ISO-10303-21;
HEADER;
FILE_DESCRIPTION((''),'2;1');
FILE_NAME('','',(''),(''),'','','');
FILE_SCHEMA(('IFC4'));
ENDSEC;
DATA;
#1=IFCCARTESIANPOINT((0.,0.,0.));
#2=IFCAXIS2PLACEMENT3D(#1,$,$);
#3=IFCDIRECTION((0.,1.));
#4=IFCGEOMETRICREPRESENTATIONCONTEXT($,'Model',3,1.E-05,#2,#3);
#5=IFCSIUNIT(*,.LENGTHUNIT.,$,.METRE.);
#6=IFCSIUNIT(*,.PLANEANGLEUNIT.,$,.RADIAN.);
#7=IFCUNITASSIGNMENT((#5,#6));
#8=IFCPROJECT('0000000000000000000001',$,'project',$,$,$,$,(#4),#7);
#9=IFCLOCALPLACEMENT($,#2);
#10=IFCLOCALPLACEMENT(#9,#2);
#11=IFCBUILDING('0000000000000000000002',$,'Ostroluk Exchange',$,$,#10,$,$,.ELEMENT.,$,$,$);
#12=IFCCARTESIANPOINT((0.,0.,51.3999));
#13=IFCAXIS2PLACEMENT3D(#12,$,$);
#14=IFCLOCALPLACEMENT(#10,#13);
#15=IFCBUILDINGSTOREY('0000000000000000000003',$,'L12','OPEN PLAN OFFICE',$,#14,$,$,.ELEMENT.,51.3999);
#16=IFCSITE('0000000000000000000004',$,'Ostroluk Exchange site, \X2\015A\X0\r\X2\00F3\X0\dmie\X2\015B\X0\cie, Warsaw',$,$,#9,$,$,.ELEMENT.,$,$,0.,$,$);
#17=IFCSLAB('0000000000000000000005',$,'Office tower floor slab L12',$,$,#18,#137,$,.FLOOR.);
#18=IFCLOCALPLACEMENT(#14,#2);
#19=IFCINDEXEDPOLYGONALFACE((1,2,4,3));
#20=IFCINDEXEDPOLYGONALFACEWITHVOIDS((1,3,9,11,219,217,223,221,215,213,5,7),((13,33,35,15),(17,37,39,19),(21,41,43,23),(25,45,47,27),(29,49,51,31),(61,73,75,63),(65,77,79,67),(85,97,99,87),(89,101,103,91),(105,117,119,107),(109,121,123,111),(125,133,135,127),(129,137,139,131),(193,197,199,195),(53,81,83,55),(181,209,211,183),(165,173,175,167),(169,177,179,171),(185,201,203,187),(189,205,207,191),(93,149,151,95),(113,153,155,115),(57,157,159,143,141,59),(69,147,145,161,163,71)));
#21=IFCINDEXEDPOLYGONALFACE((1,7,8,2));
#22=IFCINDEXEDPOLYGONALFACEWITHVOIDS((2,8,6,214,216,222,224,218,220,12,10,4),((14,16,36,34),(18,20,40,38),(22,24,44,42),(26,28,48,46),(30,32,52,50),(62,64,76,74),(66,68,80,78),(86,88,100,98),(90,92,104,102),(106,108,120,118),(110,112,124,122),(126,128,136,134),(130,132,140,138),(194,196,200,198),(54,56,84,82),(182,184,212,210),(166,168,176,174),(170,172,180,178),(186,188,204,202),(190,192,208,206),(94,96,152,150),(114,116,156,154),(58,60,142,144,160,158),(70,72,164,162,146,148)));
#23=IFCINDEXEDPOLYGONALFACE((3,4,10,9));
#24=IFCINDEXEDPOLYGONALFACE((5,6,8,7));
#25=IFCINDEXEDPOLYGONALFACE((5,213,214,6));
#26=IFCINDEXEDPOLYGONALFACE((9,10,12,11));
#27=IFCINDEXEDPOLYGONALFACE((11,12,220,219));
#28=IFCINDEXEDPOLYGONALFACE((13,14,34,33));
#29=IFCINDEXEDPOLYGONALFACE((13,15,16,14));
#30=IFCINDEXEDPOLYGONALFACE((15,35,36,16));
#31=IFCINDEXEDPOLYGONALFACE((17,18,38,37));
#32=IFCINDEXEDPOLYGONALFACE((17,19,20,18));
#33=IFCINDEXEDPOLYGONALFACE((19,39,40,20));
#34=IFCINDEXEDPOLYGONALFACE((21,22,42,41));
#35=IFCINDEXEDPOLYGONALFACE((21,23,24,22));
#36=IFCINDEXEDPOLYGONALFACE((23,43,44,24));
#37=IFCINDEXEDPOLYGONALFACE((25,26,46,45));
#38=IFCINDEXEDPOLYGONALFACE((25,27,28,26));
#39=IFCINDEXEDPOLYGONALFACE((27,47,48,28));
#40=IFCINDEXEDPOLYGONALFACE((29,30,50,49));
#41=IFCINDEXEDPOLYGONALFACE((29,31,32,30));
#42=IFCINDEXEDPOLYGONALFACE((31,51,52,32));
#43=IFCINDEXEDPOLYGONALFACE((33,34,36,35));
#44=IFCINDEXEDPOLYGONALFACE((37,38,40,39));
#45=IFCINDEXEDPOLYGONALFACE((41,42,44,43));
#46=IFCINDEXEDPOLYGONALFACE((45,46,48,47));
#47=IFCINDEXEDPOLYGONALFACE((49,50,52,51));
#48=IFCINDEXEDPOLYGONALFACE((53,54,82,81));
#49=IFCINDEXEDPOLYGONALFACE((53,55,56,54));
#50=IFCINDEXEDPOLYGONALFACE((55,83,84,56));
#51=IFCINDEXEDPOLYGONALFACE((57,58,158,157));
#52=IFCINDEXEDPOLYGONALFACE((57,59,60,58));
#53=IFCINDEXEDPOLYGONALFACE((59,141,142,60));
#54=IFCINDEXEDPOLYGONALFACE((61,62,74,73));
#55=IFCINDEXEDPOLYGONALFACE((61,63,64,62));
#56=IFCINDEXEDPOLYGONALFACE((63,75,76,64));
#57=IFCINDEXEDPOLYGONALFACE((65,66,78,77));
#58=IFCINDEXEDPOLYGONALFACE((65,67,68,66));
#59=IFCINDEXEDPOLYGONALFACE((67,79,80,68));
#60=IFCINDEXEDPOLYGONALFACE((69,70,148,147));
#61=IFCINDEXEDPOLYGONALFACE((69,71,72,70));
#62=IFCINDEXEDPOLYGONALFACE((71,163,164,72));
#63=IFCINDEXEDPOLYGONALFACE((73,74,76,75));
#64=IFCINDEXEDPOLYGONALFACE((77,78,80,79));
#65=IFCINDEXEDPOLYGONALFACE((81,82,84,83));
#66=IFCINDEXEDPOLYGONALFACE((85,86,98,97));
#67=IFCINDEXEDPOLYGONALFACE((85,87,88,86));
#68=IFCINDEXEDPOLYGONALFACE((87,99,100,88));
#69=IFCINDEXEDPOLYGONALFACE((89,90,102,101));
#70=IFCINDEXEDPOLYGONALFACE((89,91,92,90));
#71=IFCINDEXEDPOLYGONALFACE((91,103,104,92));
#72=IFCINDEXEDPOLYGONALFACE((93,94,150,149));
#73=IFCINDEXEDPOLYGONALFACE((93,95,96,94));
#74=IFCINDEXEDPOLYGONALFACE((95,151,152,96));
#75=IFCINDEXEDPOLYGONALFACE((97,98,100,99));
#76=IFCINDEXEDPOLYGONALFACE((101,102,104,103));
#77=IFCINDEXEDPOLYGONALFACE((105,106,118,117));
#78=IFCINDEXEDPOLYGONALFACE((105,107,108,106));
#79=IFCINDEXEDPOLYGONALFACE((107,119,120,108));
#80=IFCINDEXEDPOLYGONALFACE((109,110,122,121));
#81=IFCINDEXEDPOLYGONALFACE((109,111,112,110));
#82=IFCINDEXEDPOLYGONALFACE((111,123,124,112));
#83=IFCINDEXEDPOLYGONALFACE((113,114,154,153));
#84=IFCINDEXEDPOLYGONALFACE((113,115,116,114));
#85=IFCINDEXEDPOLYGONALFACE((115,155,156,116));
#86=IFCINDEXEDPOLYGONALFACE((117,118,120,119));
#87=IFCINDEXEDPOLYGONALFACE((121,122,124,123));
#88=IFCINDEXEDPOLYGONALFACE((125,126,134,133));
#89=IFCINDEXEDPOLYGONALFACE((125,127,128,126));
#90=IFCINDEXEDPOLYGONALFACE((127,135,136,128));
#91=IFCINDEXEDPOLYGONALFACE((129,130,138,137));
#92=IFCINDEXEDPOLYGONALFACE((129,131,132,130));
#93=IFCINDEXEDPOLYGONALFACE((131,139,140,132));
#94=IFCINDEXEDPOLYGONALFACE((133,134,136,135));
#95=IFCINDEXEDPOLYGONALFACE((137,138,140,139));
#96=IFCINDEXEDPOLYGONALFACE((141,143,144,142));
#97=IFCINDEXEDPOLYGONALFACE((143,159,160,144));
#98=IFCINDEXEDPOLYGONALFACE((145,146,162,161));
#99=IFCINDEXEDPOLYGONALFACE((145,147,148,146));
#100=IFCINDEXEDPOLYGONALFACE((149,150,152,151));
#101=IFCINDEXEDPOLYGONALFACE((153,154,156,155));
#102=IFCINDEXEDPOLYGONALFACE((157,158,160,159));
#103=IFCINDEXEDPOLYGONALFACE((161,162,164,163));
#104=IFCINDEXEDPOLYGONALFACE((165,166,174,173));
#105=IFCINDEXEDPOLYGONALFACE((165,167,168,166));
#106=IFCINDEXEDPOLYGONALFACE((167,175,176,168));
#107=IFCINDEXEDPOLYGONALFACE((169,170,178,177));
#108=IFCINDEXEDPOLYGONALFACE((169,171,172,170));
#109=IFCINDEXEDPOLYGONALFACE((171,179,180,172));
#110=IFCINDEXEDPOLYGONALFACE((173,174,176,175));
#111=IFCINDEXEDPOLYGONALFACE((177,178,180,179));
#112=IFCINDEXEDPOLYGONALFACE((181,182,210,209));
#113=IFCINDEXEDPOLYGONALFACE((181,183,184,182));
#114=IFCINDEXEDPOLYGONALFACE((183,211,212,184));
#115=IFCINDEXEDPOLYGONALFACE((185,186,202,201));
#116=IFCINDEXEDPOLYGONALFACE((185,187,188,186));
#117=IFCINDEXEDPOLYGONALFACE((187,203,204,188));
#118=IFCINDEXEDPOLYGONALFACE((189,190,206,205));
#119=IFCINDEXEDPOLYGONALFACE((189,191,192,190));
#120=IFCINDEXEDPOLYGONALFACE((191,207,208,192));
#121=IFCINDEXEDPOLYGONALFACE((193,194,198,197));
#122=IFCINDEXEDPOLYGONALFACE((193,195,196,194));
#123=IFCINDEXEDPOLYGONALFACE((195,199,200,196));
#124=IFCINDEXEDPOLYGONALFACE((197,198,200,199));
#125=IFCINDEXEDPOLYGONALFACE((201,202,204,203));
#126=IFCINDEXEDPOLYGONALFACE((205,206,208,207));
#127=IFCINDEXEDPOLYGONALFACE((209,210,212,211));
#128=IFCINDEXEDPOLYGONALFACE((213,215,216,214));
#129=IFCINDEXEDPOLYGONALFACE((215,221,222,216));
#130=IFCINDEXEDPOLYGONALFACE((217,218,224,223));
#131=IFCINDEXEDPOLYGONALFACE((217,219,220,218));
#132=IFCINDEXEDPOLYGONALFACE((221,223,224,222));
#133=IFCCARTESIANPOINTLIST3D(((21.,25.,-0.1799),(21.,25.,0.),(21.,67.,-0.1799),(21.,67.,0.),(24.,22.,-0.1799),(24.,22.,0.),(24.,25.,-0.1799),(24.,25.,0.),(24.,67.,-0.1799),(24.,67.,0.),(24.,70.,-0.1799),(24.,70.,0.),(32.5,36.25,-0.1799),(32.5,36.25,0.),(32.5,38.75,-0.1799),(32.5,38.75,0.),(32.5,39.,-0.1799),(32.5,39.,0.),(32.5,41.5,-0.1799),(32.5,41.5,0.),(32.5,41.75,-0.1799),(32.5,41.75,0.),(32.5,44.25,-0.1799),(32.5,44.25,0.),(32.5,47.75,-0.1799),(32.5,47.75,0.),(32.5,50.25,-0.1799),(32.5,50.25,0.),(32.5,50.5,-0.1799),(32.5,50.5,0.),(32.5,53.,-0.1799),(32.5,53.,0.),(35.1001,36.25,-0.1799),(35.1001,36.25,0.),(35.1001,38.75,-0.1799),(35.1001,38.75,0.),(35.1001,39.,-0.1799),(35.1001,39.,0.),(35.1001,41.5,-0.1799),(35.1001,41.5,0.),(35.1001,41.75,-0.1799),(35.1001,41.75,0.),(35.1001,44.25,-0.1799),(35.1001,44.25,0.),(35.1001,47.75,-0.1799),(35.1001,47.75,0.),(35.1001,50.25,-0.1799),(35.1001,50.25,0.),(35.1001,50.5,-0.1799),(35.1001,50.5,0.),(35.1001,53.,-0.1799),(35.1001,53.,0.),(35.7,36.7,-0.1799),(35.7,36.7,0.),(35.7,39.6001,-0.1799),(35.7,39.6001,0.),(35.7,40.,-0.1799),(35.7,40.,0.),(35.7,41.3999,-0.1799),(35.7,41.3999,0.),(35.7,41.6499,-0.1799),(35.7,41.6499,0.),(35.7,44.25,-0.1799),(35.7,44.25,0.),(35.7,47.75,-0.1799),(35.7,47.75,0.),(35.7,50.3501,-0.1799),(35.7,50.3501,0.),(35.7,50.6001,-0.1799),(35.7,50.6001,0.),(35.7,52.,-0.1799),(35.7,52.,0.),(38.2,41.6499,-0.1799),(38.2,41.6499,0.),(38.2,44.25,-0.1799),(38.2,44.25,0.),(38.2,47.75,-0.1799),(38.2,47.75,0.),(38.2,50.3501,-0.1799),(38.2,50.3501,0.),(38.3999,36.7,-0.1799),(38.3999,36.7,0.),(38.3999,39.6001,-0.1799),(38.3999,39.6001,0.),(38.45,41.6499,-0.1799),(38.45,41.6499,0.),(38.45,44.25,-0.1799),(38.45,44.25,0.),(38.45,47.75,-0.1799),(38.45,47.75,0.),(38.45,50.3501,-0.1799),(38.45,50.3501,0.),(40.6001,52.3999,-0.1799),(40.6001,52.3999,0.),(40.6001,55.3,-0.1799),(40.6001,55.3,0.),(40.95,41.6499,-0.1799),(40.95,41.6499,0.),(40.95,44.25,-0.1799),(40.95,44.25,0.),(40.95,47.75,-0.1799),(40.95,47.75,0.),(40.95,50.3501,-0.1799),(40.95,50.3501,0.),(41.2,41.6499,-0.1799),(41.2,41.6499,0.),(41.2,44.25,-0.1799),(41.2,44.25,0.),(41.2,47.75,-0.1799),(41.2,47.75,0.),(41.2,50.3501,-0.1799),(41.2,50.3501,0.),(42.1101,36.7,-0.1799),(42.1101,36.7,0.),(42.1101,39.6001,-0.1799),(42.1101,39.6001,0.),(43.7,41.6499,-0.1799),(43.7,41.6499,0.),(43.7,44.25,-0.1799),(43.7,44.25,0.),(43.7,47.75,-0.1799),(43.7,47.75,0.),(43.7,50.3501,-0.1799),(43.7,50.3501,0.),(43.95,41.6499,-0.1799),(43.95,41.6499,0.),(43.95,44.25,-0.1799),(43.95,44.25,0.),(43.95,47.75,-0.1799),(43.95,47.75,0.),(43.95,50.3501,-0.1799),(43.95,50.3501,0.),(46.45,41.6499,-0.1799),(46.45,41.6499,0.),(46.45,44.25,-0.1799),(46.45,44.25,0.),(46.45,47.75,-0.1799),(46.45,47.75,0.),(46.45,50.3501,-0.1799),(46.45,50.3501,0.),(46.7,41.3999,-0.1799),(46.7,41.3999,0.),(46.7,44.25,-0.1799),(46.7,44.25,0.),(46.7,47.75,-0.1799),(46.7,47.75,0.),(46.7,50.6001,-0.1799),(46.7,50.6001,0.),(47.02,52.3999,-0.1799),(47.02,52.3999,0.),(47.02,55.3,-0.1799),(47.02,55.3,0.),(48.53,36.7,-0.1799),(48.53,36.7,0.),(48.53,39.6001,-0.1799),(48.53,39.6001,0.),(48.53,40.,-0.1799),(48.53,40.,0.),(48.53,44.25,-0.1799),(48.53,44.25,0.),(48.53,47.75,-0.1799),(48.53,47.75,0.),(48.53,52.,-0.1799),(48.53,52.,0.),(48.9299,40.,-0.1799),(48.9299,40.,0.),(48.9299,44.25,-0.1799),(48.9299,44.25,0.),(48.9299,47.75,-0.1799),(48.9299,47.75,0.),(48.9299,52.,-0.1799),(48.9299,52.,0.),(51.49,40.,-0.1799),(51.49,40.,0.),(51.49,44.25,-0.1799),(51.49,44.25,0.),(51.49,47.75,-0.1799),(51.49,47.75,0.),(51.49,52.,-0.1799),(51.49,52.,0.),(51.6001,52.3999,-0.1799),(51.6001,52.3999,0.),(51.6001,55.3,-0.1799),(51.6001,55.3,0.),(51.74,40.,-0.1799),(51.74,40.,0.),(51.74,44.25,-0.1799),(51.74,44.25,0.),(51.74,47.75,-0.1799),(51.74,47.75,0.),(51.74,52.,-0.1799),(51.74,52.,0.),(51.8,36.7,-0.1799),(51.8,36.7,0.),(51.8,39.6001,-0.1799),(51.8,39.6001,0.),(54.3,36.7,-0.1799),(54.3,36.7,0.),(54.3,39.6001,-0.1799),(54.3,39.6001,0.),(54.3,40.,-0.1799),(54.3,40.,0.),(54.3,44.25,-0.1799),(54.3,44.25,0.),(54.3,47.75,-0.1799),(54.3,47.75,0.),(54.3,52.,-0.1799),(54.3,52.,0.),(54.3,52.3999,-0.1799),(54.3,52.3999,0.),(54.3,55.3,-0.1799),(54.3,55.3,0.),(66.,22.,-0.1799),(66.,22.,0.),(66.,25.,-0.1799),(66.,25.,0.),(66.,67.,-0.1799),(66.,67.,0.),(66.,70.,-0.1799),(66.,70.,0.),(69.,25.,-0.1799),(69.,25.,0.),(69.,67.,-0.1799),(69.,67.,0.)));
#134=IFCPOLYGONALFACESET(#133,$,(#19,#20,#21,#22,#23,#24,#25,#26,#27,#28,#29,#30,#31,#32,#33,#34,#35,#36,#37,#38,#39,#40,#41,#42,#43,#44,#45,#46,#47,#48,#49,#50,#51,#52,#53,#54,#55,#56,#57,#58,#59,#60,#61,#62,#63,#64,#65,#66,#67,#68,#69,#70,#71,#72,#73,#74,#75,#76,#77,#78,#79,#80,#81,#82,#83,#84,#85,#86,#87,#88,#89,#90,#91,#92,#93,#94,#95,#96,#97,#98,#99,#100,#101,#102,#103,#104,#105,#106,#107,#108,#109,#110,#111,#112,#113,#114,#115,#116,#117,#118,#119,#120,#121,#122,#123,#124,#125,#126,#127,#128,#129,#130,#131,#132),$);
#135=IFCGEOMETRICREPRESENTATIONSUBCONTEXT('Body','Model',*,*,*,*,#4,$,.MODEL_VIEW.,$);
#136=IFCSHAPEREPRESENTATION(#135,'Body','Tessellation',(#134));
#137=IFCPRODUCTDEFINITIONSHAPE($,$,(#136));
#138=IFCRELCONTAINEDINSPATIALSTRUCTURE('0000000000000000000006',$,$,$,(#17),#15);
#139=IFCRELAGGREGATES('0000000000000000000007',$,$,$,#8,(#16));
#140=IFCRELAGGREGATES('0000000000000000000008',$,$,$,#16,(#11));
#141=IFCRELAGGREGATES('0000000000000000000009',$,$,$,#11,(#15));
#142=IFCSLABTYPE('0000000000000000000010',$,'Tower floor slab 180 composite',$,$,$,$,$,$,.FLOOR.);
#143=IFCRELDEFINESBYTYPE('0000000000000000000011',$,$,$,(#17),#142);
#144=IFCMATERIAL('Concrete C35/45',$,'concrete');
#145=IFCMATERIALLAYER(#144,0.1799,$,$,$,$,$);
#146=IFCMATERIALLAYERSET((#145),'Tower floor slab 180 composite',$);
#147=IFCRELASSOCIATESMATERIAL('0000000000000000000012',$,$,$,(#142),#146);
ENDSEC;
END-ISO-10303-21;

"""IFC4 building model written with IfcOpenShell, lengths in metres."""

from ifc_helpers import new_model, si_unit, direction, frame, origin, place, context, subcontext, project, spatial, polyline, outline, extrude, material, layer, layer_set, type_object, element, save


model = new_model("IFC4")

# Units and contexts
model_context = context("Model", 3, precision=1e-05, world=origin(), true_north=direction((0.0, 1.0)))
body_context = subcontext(model_context, "Body", "Model", "MODEL_VIEW")
ifc_project = project(units=[si_unit("LENGTHUNIT", "METRE"), si_unit("PLANEANGLEUNIT", "RADIAN")], contexts=[model_context])

# Site, building, storey
site_placement = place(None, origin())
site = spatial("IfcSite", under=ifc_project, at=site_placement, Name="Ostroluk Exchange site, Śródmieście, Warsaw", CompositionType="ELEMENT", RefElevation=0.0)
building_placement = place(site_placement, origin())
building = spatial("IfcBuilding", under=site, at=building_placement, Name="Ostroluk Exchange", CompositionType="ELEMENT")
storey_placement = place(building_placement, frame((0.0, 0.0, 51.3999)))
storey = spatial("IfcBuildingStorey", under=building, at=storey_placement, Name="L12", Description="OPEN PLAN OFFICE", CompositionType="ELEMENT", Elevation=51.3999)

# Slab
ifc_material_1 = material(Name="Concrete C35/45", Category="concrete")
ifc_layer_1 = layer(ifc_material_1, 0.1799)
ifc_layer_set_1 = layer_set([ifc_layer_1], Name="Tower floor slab 180 composite")
slab_type_1 = type_object("IfcSlabType", Name="Tower floor slab 180 composite", PredefinedType="FLOOR", material=ifc_layer_set_1)
slab_1_placement = place(storey_placement, frame((0.0, 0.0, -0.1799)))
element("IfcSlab", 1, at=slab_1_placement, inside=storey, type_object=slab_type_1, Name="Office tower floor slab L12", PredefinedType="FLOOR", context=body_context, shape_type="SweptSolid", body=[
    extrude(outline(polyline([(24.0, 22.0), (66.0, 22.0), (66.0, 25.0), (69.0, 25.0), (69.0, 67.0), (66.0, 67.0), (66.0, 70.0), (24.0, 70.0), (24.0, 67.0), (21.0, 67.0), (21.0, 25.0), (24.0, 25.0), (24.0, 22.0)]), holes=[polyline([(35.7, 36.7), (38.3999, 36.7), (38.3999, 39.6001), (35.7, 39.6001), (35.7, 36.7)]), polyline([(42.1101, 36.7), (48.53, 36.7), (48.53, 39.6001), (42.1101, 39.6001), (42.1101, 36.7)]), polyline([(51.8, 36.7), (54.3, 36.7), (54.3, 39.6001), (51.8, 39.6001), (51.8, 36.7)]), polyline([(40.6001, 52.3999), (47.02, 52.3999), (47.02, 55.3), (40.6001, 55.3), (40.6001, 52.3999)]), polyline([(51.6001, 52.3999), (54.3, 52.3999), (54.3, 55.3), (51.6001, 55.3), (51.6001, 52.3999)]), polyline([(35.7, 47.75), (38.2, 47.75), (38.2, 50.3501), (35.7, 50.3501), (35.7, 47.75)]), polyline([(38.45, 47.75), (40.95, 47.75), (40.95, 50.3501), (38.45, 50.3501), (38.45, 47.75)]), polyline([(41.2, 47.75), (43.7, 47.75), (43.7, 50.3501), (41.2, 50.3501), (41.2, 47.75)]), polyline([(43.95, 47.75), (46.45, 47.75), (46.45, 50.3501), (43.95, 50.3501), (43.95, 47.75)]), polyline([(35.7, 41.6499), (38.2, 41.6499), (38.2, 44.25), (35.7, 44.25), (35.7, 41.6499)]), polyline([(38.45, 41.6499), (40.95, 41.6499), (40.95, 44.25), (38.45, 44.25), (38.45, 41.6499)]), polyline([(41.2, 41.6499), (43.7, 41.6499), (43.7, 44.25), (41.2, 44.25), (41.2, 41.6499)]), polyline([(43.95, 41.6499), (46.45, 41.6499), (46.45, 44.25), (43.95, 44.25), (43.95, 41.6499)]), polyline([(48.9299, 47.75), (51.49, 47.75), (51.49, 52.0), (48.9299, 52.0), (48.9299, 47.75)]), polyline([(51.74, 47.75), (54.3, 47.75), (54.3, 52.0), (51.74, 52.0), (51.74, 47.75)]), polyline([(48.9299, 40.0), (51.49, 40.0), (51.49, 44.25), (48.9299, 44.25), (48.9299, 40.0)]), polyline([(51.74, 40.0), (54.3, 40.0), (54.3, 44.25), (51.74, 44.25), (51.74, 40.0)]), polyline([(48.53, 52.0), (48.53, 47.75), (46.7, 47.75), (46.7, 50.6001), (35.7, 50.6001), (35.7, 52.0), (48.53, 52.0)]), polyline([(35.7, 40.0), (35.7, 41.3999), (46.7, 41.3999), (46.7, 44.25), (48.53, 44.25), (48.53, 40.0), (35.7, 40.0)]), polyline([(32.5, 36.25), (35.1001, 36.25), (35.1001, 38.75), (32.5, 38.75), (32.5, 36.25)]), polyline([(32.5, 39.0), (35.1001, 39.0), (35.1001, 41.5), (32.5, 41.5), (32.5, 39.0)]), polyline([(32.5, 41.75), (35.1001, 41.75), (35.1001, 44.25), (32.5, 44.25), (32.5, 41.75)]), polyline([(32.5, 47.75), (35.1001, 47.75), (35.1001, 50.25), (32.5, 50.25), (32.5, 47.75)]), polyline([(32.5, 50.5), (35.1001, 50.5), (35.1001, 53.0), (32.5, 53.0), (32.5, 50.5)])]), origin(), (0.0, 0.0, 1.0), 0.1799),
])

save(model, "model.ifc")
